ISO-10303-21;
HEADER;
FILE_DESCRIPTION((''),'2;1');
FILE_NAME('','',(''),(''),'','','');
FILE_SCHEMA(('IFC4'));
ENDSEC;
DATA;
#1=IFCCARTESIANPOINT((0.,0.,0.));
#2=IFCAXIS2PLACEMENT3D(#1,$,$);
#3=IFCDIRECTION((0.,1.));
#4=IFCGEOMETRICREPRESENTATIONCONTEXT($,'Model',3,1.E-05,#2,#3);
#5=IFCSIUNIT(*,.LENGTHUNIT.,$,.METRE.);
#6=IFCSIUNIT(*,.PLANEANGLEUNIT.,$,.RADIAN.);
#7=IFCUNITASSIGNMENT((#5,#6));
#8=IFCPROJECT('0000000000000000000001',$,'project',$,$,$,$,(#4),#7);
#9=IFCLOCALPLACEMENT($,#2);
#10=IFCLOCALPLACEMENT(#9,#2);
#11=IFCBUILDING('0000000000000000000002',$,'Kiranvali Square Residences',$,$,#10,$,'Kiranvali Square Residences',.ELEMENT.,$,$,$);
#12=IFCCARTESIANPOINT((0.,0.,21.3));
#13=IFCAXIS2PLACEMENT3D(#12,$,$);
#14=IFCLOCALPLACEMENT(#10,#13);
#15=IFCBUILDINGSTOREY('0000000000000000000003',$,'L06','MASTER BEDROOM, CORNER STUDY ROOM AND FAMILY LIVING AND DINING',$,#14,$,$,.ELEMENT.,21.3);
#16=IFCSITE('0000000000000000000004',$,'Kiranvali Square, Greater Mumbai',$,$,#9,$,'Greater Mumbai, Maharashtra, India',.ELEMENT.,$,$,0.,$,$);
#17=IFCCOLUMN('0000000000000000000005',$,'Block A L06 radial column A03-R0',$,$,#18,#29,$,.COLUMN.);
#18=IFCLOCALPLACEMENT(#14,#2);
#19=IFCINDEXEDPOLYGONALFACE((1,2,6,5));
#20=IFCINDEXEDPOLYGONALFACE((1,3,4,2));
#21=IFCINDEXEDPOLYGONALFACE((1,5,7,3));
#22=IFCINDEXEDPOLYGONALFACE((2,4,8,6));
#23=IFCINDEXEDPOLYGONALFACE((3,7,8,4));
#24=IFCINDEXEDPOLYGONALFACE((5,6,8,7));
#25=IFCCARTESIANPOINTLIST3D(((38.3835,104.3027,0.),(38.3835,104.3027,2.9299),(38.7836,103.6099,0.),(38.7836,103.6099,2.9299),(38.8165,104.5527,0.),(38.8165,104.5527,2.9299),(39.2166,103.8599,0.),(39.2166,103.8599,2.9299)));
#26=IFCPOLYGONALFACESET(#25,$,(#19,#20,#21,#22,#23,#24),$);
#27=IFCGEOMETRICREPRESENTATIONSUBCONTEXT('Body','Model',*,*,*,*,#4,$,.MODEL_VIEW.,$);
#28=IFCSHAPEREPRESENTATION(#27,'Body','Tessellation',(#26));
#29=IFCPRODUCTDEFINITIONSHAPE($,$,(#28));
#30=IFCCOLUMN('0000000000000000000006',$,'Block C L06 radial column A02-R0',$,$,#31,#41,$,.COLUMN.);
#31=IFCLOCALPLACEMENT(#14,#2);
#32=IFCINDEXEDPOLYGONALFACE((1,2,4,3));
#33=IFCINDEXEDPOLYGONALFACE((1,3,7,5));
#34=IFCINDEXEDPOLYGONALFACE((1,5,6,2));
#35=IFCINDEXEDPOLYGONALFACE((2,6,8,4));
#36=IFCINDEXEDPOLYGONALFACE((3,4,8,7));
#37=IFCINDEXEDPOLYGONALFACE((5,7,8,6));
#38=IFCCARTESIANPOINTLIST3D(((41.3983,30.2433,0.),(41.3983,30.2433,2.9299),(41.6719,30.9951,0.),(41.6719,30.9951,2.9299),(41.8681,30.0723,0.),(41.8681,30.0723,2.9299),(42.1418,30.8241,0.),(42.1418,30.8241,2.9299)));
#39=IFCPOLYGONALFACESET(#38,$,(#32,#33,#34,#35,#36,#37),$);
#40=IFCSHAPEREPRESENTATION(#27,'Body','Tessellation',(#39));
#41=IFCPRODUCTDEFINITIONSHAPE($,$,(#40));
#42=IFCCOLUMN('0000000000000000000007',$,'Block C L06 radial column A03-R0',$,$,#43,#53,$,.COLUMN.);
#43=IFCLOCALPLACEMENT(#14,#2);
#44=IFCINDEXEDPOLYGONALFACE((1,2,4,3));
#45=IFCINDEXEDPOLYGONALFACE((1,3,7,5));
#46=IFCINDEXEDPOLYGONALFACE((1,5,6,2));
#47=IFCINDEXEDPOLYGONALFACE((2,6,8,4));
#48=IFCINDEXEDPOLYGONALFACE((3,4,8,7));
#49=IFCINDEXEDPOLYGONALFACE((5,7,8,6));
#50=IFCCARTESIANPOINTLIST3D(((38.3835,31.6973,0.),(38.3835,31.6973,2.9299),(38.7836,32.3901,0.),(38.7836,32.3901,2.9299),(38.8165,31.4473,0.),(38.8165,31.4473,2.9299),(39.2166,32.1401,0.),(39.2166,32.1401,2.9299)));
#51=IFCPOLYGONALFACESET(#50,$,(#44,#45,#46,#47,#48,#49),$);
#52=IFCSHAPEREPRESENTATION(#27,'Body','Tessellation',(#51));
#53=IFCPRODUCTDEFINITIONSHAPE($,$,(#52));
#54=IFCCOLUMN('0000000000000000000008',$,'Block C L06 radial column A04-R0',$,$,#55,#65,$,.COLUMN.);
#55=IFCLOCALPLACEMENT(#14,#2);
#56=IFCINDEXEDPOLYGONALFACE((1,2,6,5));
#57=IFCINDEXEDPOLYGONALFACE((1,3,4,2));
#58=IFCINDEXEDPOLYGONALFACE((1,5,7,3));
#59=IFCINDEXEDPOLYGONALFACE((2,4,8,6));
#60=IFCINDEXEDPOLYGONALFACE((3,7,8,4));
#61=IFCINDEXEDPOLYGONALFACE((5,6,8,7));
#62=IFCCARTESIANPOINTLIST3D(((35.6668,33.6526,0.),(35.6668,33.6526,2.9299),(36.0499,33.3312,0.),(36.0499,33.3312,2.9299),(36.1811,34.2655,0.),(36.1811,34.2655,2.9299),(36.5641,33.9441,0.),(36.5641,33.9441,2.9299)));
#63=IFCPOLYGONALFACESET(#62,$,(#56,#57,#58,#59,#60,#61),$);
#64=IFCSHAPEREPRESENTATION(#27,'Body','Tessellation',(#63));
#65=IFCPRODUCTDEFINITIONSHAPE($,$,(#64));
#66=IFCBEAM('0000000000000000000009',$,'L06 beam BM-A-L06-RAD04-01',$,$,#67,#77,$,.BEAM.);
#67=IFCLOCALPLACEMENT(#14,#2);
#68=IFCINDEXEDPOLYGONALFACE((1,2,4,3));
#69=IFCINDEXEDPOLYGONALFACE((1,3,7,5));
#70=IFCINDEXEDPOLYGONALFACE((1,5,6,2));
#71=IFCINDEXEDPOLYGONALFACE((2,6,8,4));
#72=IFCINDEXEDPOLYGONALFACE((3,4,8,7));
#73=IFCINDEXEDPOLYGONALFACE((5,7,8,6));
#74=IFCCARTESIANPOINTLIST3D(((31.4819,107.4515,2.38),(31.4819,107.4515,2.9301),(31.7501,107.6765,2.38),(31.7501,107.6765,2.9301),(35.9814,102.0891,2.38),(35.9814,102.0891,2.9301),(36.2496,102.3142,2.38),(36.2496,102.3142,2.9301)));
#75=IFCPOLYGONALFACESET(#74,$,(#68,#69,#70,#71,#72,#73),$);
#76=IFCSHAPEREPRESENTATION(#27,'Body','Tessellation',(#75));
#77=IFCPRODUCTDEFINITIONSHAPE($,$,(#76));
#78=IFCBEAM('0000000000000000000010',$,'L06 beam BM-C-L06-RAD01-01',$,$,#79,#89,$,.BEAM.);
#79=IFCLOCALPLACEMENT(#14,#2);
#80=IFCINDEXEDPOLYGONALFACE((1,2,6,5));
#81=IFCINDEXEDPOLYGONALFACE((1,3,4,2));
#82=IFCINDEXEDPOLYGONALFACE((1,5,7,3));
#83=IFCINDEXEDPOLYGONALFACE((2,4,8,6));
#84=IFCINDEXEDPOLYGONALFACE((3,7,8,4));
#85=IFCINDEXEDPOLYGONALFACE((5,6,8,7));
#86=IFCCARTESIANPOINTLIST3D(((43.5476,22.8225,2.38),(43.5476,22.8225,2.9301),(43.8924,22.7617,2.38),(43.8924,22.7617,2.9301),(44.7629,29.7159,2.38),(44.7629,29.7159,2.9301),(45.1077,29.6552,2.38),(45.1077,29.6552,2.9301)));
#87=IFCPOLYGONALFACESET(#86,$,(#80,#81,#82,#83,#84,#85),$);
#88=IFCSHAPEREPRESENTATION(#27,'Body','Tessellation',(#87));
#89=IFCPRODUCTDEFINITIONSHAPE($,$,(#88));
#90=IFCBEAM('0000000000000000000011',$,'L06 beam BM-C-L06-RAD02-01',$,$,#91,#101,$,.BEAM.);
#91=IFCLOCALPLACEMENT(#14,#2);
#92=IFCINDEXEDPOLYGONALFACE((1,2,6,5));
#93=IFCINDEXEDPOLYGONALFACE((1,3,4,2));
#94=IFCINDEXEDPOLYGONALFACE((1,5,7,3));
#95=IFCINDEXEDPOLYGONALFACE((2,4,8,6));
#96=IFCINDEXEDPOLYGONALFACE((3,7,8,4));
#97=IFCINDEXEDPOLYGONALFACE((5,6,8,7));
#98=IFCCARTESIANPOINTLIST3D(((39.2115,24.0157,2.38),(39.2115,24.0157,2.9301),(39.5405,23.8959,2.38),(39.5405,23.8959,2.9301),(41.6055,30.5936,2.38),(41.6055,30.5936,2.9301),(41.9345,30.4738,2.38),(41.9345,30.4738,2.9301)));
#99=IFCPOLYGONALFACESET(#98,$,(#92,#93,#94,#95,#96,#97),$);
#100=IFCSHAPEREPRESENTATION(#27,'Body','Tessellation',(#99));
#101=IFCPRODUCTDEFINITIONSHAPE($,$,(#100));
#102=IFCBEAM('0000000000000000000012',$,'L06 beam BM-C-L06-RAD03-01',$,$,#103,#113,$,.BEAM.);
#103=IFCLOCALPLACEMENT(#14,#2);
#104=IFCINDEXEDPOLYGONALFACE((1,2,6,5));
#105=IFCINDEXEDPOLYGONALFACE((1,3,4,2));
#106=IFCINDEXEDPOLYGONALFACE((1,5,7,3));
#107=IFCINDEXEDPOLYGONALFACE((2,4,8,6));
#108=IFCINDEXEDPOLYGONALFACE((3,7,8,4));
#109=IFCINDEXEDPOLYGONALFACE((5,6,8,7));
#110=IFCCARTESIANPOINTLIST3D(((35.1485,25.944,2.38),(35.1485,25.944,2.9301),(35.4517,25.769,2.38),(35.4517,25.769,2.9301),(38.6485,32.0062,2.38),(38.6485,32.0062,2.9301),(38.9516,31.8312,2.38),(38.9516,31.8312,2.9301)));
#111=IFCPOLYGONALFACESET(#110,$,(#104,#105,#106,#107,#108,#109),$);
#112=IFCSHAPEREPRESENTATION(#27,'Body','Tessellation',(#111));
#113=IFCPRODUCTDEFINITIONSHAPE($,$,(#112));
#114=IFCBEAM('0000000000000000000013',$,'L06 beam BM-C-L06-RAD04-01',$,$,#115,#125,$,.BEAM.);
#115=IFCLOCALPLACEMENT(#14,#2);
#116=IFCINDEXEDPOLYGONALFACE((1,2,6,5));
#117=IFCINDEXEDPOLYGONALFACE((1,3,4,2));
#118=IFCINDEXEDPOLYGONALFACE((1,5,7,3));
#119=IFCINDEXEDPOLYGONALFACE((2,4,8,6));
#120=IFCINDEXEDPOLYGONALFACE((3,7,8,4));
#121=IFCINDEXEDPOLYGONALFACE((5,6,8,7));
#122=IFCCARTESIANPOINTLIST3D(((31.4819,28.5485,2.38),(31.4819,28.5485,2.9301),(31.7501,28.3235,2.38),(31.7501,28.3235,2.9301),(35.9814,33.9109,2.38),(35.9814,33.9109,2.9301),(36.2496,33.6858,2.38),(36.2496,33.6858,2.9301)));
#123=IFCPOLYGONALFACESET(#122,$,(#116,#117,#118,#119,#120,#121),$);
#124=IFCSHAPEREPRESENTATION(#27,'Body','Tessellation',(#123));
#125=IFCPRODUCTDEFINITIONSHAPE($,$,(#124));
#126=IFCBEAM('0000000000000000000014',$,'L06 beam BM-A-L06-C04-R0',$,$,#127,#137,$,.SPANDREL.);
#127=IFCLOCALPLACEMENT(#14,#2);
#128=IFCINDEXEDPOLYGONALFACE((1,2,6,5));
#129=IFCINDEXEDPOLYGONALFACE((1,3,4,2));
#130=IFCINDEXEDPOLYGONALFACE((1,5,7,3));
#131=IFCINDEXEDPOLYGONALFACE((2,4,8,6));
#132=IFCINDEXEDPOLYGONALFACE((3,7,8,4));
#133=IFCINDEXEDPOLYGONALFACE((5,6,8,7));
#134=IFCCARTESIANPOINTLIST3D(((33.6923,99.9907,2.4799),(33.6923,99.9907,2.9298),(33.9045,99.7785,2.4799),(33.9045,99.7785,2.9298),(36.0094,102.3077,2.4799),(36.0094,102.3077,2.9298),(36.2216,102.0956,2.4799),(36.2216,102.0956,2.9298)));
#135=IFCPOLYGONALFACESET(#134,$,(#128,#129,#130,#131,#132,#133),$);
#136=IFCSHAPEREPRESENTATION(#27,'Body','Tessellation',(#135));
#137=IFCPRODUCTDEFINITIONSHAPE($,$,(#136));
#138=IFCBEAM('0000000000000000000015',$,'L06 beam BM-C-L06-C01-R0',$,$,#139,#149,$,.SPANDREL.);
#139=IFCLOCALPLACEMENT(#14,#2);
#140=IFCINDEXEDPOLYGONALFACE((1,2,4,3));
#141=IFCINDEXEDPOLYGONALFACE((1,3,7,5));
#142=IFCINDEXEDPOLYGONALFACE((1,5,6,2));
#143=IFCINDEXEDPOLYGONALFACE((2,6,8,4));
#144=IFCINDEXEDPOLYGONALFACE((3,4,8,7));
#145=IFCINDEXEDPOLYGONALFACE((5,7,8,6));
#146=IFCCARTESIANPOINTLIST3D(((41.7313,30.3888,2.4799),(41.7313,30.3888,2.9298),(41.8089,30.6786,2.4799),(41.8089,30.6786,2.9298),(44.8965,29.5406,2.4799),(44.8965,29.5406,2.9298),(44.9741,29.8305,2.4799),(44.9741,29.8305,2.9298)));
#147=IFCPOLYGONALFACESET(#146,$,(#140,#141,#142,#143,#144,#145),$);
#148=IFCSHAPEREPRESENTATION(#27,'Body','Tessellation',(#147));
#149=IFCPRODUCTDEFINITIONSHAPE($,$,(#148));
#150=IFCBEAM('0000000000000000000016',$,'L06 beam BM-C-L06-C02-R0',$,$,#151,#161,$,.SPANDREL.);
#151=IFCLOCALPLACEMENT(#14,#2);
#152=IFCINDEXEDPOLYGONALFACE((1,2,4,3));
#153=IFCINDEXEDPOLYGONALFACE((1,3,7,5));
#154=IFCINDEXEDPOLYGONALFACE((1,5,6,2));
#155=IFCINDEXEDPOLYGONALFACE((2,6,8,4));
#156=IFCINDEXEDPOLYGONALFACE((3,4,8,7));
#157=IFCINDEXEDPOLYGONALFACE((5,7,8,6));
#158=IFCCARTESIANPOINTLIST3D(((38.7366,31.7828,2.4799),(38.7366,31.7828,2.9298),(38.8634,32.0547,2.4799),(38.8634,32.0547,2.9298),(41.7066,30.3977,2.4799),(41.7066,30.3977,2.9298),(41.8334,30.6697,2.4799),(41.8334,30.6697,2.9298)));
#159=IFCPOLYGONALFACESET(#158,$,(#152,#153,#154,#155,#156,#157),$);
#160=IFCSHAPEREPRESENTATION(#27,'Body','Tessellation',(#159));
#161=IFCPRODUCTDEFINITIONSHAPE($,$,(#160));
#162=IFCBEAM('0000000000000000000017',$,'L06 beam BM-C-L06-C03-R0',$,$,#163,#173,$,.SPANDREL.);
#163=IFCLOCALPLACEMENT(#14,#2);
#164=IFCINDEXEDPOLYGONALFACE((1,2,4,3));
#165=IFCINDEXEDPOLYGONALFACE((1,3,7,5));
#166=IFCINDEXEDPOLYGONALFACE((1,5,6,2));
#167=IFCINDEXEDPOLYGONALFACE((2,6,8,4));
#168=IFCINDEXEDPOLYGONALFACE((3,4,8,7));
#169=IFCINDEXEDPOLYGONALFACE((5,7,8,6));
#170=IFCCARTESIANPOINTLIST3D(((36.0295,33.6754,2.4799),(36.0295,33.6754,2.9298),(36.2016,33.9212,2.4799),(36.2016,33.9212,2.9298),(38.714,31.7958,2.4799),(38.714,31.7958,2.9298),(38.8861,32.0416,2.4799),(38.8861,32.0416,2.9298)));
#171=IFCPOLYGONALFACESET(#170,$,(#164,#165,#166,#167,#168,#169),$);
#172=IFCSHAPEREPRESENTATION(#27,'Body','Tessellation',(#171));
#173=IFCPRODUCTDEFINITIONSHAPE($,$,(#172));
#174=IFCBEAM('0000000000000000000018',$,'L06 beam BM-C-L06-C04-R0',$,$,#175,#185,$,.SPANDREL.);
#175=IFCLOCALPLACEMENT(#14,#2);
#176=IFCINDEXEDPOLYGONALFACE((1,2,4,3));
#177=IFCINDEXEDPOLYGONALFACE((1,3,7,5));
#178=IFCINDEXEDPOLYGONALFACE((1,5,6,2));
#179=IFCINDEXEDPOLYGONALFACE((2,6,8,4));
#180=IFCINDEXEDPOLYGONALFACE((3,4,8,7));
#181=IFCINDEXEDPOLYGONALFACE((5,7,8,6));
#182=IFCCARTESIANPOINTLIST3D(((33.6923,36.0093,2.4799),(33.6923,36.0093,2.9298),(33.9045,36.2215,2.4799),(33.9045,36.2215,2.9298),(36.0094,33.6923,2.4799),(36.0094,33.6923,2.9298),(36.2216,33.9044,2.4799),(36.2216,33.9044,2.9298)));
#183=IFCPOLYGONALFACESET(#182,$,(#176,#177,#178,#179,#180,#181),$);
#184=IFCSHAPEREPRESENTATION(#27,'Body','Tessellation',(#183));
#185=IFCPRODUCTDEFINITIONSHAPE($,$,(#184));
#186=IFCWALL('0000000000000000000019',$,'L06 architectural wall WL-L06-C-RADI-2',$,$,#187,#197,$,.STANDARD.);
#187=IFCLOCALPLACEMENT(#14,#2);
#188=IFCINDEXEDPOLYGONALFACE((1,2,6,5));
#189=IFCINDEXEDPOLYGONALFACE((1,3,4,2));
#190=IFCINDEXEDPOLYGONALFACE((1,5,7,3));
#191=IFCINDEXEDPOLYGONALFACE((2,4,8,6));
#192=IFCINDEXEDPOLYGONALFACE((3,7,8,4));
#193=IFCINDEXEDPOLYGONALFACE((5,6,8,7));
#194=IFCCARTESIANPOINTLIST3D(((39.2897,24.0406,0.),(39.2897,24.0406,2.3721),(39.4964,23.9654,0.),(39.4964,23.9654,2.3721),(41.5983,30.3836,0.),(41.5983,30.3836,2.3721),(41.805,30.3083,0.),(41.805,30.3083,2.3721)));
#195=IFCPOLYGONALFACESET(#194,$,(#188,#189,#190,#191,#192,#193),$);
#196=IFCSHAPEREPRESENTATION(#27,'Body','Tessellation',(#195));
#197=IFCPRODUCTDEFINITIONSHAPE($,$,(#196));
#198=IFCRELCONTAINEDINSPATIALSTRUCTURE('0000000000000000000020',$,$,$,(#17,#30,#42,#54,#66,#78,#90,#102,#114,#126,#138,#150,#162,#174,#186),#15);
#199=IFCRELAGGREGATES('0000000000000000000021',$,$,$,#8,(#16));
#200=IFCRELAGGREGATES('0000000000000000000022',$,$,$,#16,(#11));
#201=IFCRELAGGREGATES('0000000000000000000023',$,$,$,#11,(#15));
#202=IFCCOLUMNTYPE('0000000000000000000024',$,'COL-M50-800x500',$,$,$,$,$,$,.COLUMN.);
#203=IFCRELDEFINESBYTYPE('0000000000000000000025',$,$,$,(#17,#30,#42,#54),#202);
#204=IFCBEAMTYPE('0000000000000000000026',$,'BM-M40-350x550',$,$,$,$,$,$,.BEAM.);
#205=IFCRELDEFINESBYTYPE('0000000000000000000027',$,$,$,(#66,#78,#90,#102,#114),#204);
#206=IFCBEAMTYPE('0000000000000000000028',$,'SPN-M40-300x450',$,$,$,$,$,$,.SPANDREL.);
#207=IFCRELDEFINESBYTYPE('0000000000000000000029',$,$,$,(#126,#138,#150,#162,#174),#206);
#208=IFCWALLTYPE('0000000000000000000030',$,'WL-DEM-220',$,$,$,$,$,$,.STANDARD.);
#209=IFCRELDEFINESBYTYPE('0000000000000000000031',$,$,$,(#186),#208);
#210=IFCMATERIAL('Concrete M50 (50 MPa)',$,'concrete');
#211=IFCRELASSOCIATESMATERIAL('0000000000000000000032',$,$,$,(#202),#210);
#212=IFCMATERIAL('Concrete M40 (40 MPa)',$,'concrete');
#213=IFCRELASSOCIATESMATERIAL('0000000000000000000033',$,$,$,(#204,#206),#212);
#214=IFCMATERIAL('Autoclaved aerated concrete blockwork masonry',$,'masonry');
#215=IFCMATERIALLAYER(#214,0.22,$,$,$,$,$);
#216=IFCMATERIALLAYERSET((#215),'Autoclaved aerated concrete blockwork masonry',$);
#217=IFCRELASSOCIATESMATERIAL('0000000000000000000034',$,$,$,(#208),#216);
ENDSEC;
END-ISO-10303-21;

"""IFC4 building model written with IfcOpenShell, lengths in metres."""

from ifc_helpers import new_model, si_unit, direction, frame, frame_2d, origin, origin_2d, place, context, subcontext, project, spatial, rectangle, extrude, material, layer, layer_set, material_profile, profile_set, type_object, element, save


model = new_model("IFC4")

# Units and contexts
model_context = context("Model", 3, precision=1e-05, world=origin(), true_north=direction((0.0, 1.0)))
body_context = subcontext(model_context, "Body", "Model", "MODEL_VIEW")
ifc_project = project(units=[si_unit("LENGTHUNIT", "METRE"), si_unit("PLANEANGLEUNIT", "RADIAN")], contexts=[model_context])

# Site, building, storey
site_placement = place(None, origin())
site = spatial("IfcSite", under=ifc_project, at=site_placement, Name="Kiranvali Square, Greater Mumbai", LongName="Greater Mumbai, Maharashtra, India", CompositionType="ELEMENT", RefElevation=0.0)
building_placement = place(site_placement, origin())
building = spatial("IfcBuilding", under=site, at=building_placement, Name="Kiranvali Square Residences", LongName="Kiranvali Square Residences", CompositionType="ELEMENT")
storey_placement = place(building_placement, frame((0.0, 0.0, 21.3)))
storey = spatial("IfcBuildingStorey", under=building, at=storey_placement, Name="L06", Description="MASTER BEDROOM, CORNER STUDY ROOM AND FAMILY LIVING AND DINING", CompositionType="ELEMENT", Elevation=21.3)

# Columns
ifc_material_1 = material(Name="Concrete M50 (50 MPa)", Category="concrete")
ifc_material_profile_1 = material_profile(ifc_material_1, rectangle(XDim=0.5, YDim=0.8, at=origin_2d()), Name="RC 800x500")
ifc_profile_set_1 = profile_set([ifc_material_profile_1], Name="Concrete M50 (50 MPa)")
column_type = type_object("IfcColumnType", Name="COL-M50-800x500", PredefinedType="COLUMN", material=ifc_profile_set_1)
for number, where, z_axis, x_axis, name in (
    (1, (38.8, 104.0813, 0.0), (0.0, 0.0, 1.0), (0.866025, 0.5, 0.0), "Block A L06 radial column A03-R0"),
    (2, (41.77, 30.5337, 0.0), (0.0, 0.0, 1.0), (-0.939693, 0.34202, 0.0), "Block C L06 radial column A02-R0"),
    (3, (38.8, 31.9187, 0.0), (0.0, 0.0, 1.0), (-0.866025, 0.5, 0.0), "Block C L06 radial column A03-R0"),
    (4, (36.1155, 33.7983, 0.0), (0.0, 0.0, 1.0), (-0.766044, 0.642788, 0.0), "Block C L06 radial column A04-R0"),
):
    element("IfcColumn", number, at=place(storey_placement, frame(where, z_axis=z_axis, x_axis=x_axis)), inside=storey, type_object=column_type, Name=name, PredefinedType="COLUMN", context=body_context, shape_type="SweptSolid", body=[
        extrude(rectangle(XDim=0.5, YDim=0.8, at=origin_2d()), origin(), (0.0, 0.0, 1.0), 2.9299),
    ])

# Beams
ifc_material_2 = material(Name="Concrete M40 (40 MPa)", Category="concrete")
ifc_material_profile_2 = material_profile(ifc_material_2, rectangle(XDim=0.3501, YDim=0.55, at=origin_2d()), Name="RC 350x550")
ifc_profile_set_2 = profile_set([ifc_material_profile_2], Name="Concrete M40 (40 MPa)")
beam_type_1 = type_object("IfcBeamType", Name="BM-M40-350x550", PredefinedType="BEAM", material=ifc_profile_set_2)
beam_1_placement = place(storey_placement, frame((36.1155, 102.2017, 2.655), z_axis=(-0.642788, 0.766044, 0.0), x_axis=(-0.766044, -0.642788, 0.0)))
element("IfcBeam", 5, at=beam_1_placement, inside=storey, type_object=beam_type_1, Name="L06 beam BM-A-L06-RAD04-01", PredefinedType="BEAM", context=body_context, shape_type="SweptSolid", body=[
    extrude(rectangle(XDim=0.3501, YDim=0.55, at=origin_2d()), origin(), (0.0, 0.0, 1.0), 7.0),
])
beam_2_placement = place(storey_placement, frame((44.9353, 29.6855, 2.655), z_axis=(-0.173622, -0.984812, 0.0), x_axis=(0.984812, -0.173622, 0.0)))
element("IfcBeam", 6, at=beam_2_placement, inside=storey, type_object=beam_type_1, Name="L06 beam BM-C-L06-RAD01-01", PredefinedType="BEAM", context=body_context, shape_type="SweptSolid", body=[
    extrude(rectangle(XDim=0.3501, YDim=0.55, at=origin_2d()), origin(), (0.0, 0.0, 1.0), 6.9998),
])
for number, where, z_axis, x_axis, name in (
    (7, (41.77, 30.5337, 2.655), (-0.342006, -0.939698, 0.0), (0.939698, -0.342006, 0.0), "L06 beam BM-C-L06-RAD02-01"),
    (8, (38.8, 31.9187, 2.655), (-0.499995, -0.866028, 0.0), (0.866028, -0.499995, 0.0), "L06 beam BM-C-L06-RAD03-01"),
    (9, (36.1155, 33.7983, 2.655), (-0.642788, -0.766044, 0.0), (0.766044, -0.642788, 0.0), "L06 beam BM-C-L06-RAD04-01"),
):
    element("IfcBeam", number, at=place(storey_placement, frame(where, z_axis=z_axis, x_axis=x_axis)), inside=storey, type_object=beam_type_1, Name=name, PredefinedType="BEAM", context=body_context, shape_type="SweptSolid", body=[
        extrude(rectangle(XDim=0.3501, YDim=0.55, at=origin_2d()), origin(), (0.0, 0.0, 1.0), 7.0),
    ])
ifc_material_profile_3 = material_profile(ifc_material_2, rectangle(XDim=0.3, YDim=0.45, at=origin_2d()), Name="RC 300x450")
ifc_profile_set_3 = profile_set([ifc_material_profile_3], Name="Concrete M40 (40 MPa)")
beam_type_2 = type_object("IfcBeamType", Name="SPN-M40-300x450", PredefinedType="SPANDREL", material=ifc_profile_set_3)
for number, where, z_axis, x_axis, name in (
    (10, (36.1155, 102.2017, 2.7048), (-0.707107, -0.707107, 0.0), (0.707107, -0.707107, 0.0), "L06 beam BM-A-L06-C04-R0"),
    (11, (44.9353, 29.6855, 2.7048), (-0.965925, 0.258822, 0.0), (-0.258822, -0.965925, 0.0), "L06 beam BM-C-L06-C01-R0"),
):
    element("IfcBeam", number, at=place(storey_placement, frame(where, z_axis=z_axis, x_axis=x_axis)), inside=storey, type_object=beam_type_2, Name=name, PredefinedType="SPANDREL", context=body_context, shape_type="SweptSolid", body=[
        extrude(rectangle(XDim=0.3, YDim=0.45, at=origin_2d()), origin(), (0.0, 0.0, 1.0), 3.2769),
    ])
for number, where, z_axis, x_axis, name in (
    (12, (41.77, 30.5337, 2.7048), (-0.906297, 0.422641, 0.0), (-0.422641, -0.906297, 0.0), "L06 beam BM-C-L06-C02-R0"),
    (13, (38.8, 31.9187, 2.7048), (-0.819169, 0.573552, 0.0), (-0.573552, -0.819169, 0.0), "L06 beam BM-C-L06-C03-R0"),
):
    element("IfcBeam", number, at=place(storey_placement, frame(where, z_axis=z_axis, x_axis=x_axis)), inside=storey, type_object=beam_type_2, Name=name, PredefinedType="SPANDREL", context=body_context, shape_type="SweptSolid", body=[
        extrude(rectangle(XDim=0.3, YDim=0.45, at=origin_2d()), origin(), (0.0, 0.0, 1.0), 3.2771),
    ])
beam_3_placement = place(storey_placement, frame((36.1155, 33.7983, 2.7048), z_axis=(-0.707107, 0.707107, 0.0), x_axis=(-0.707107, -0.707107, 0.0)))
element("IfcBeam", 14, at=beam_3_placement, inside=storey, type_object=beam_type_2, Name="L06 beam BM-C-L06-C04-R0", PredefinedType="SPANDREL", context=body_context, shape_type="SweptSolid", body=[
    extrude(rectangle(XDim=0.3, YDim=0.45, at=origin_2d()), origin(), (0.0, 0.0, 1.0), 3.2769),
])

# Wall
ifc_material_3 = material(Name="Autoclaved aerated concrete blockwork masonry", Category="masonry")
ifc_layer_1 = layer(ifc_material_3, 0.22)
ifc_layer_set_1 = layer_set([ifc_layer_1], Name="Autoclaved aerated concrete blockwork masonry")
wall_type_1 = type_object("IfcWallType", Name="WL-DEM-220", PredefinedType="STANDARD", material=ifc_layer_set_1)
wall_1_placement = place(storey_placement, frame((41.7017, 30.3459, 0.0), z_axis=(0.0, 0.0, 1.0), x_axis=(-0.34201, -0.939696, 0.0)))
element("IfcWall", 15, at=wall_1_placement, inside=storey, type_object=wall_type_1, Name="L06 architectural wall WL-L06-C-RADI-2", PredefinedType="STANDARD", context=body_context, shape_type="SweptSolid", body=[
    extrude(rectangle(XDim=6.75, YDim=0.22, at=frame_2d((3.375, 0.0))), origin(), (0.0, 0.0, 1.0), 2.3721),
])

save(model, "model.ifc")
